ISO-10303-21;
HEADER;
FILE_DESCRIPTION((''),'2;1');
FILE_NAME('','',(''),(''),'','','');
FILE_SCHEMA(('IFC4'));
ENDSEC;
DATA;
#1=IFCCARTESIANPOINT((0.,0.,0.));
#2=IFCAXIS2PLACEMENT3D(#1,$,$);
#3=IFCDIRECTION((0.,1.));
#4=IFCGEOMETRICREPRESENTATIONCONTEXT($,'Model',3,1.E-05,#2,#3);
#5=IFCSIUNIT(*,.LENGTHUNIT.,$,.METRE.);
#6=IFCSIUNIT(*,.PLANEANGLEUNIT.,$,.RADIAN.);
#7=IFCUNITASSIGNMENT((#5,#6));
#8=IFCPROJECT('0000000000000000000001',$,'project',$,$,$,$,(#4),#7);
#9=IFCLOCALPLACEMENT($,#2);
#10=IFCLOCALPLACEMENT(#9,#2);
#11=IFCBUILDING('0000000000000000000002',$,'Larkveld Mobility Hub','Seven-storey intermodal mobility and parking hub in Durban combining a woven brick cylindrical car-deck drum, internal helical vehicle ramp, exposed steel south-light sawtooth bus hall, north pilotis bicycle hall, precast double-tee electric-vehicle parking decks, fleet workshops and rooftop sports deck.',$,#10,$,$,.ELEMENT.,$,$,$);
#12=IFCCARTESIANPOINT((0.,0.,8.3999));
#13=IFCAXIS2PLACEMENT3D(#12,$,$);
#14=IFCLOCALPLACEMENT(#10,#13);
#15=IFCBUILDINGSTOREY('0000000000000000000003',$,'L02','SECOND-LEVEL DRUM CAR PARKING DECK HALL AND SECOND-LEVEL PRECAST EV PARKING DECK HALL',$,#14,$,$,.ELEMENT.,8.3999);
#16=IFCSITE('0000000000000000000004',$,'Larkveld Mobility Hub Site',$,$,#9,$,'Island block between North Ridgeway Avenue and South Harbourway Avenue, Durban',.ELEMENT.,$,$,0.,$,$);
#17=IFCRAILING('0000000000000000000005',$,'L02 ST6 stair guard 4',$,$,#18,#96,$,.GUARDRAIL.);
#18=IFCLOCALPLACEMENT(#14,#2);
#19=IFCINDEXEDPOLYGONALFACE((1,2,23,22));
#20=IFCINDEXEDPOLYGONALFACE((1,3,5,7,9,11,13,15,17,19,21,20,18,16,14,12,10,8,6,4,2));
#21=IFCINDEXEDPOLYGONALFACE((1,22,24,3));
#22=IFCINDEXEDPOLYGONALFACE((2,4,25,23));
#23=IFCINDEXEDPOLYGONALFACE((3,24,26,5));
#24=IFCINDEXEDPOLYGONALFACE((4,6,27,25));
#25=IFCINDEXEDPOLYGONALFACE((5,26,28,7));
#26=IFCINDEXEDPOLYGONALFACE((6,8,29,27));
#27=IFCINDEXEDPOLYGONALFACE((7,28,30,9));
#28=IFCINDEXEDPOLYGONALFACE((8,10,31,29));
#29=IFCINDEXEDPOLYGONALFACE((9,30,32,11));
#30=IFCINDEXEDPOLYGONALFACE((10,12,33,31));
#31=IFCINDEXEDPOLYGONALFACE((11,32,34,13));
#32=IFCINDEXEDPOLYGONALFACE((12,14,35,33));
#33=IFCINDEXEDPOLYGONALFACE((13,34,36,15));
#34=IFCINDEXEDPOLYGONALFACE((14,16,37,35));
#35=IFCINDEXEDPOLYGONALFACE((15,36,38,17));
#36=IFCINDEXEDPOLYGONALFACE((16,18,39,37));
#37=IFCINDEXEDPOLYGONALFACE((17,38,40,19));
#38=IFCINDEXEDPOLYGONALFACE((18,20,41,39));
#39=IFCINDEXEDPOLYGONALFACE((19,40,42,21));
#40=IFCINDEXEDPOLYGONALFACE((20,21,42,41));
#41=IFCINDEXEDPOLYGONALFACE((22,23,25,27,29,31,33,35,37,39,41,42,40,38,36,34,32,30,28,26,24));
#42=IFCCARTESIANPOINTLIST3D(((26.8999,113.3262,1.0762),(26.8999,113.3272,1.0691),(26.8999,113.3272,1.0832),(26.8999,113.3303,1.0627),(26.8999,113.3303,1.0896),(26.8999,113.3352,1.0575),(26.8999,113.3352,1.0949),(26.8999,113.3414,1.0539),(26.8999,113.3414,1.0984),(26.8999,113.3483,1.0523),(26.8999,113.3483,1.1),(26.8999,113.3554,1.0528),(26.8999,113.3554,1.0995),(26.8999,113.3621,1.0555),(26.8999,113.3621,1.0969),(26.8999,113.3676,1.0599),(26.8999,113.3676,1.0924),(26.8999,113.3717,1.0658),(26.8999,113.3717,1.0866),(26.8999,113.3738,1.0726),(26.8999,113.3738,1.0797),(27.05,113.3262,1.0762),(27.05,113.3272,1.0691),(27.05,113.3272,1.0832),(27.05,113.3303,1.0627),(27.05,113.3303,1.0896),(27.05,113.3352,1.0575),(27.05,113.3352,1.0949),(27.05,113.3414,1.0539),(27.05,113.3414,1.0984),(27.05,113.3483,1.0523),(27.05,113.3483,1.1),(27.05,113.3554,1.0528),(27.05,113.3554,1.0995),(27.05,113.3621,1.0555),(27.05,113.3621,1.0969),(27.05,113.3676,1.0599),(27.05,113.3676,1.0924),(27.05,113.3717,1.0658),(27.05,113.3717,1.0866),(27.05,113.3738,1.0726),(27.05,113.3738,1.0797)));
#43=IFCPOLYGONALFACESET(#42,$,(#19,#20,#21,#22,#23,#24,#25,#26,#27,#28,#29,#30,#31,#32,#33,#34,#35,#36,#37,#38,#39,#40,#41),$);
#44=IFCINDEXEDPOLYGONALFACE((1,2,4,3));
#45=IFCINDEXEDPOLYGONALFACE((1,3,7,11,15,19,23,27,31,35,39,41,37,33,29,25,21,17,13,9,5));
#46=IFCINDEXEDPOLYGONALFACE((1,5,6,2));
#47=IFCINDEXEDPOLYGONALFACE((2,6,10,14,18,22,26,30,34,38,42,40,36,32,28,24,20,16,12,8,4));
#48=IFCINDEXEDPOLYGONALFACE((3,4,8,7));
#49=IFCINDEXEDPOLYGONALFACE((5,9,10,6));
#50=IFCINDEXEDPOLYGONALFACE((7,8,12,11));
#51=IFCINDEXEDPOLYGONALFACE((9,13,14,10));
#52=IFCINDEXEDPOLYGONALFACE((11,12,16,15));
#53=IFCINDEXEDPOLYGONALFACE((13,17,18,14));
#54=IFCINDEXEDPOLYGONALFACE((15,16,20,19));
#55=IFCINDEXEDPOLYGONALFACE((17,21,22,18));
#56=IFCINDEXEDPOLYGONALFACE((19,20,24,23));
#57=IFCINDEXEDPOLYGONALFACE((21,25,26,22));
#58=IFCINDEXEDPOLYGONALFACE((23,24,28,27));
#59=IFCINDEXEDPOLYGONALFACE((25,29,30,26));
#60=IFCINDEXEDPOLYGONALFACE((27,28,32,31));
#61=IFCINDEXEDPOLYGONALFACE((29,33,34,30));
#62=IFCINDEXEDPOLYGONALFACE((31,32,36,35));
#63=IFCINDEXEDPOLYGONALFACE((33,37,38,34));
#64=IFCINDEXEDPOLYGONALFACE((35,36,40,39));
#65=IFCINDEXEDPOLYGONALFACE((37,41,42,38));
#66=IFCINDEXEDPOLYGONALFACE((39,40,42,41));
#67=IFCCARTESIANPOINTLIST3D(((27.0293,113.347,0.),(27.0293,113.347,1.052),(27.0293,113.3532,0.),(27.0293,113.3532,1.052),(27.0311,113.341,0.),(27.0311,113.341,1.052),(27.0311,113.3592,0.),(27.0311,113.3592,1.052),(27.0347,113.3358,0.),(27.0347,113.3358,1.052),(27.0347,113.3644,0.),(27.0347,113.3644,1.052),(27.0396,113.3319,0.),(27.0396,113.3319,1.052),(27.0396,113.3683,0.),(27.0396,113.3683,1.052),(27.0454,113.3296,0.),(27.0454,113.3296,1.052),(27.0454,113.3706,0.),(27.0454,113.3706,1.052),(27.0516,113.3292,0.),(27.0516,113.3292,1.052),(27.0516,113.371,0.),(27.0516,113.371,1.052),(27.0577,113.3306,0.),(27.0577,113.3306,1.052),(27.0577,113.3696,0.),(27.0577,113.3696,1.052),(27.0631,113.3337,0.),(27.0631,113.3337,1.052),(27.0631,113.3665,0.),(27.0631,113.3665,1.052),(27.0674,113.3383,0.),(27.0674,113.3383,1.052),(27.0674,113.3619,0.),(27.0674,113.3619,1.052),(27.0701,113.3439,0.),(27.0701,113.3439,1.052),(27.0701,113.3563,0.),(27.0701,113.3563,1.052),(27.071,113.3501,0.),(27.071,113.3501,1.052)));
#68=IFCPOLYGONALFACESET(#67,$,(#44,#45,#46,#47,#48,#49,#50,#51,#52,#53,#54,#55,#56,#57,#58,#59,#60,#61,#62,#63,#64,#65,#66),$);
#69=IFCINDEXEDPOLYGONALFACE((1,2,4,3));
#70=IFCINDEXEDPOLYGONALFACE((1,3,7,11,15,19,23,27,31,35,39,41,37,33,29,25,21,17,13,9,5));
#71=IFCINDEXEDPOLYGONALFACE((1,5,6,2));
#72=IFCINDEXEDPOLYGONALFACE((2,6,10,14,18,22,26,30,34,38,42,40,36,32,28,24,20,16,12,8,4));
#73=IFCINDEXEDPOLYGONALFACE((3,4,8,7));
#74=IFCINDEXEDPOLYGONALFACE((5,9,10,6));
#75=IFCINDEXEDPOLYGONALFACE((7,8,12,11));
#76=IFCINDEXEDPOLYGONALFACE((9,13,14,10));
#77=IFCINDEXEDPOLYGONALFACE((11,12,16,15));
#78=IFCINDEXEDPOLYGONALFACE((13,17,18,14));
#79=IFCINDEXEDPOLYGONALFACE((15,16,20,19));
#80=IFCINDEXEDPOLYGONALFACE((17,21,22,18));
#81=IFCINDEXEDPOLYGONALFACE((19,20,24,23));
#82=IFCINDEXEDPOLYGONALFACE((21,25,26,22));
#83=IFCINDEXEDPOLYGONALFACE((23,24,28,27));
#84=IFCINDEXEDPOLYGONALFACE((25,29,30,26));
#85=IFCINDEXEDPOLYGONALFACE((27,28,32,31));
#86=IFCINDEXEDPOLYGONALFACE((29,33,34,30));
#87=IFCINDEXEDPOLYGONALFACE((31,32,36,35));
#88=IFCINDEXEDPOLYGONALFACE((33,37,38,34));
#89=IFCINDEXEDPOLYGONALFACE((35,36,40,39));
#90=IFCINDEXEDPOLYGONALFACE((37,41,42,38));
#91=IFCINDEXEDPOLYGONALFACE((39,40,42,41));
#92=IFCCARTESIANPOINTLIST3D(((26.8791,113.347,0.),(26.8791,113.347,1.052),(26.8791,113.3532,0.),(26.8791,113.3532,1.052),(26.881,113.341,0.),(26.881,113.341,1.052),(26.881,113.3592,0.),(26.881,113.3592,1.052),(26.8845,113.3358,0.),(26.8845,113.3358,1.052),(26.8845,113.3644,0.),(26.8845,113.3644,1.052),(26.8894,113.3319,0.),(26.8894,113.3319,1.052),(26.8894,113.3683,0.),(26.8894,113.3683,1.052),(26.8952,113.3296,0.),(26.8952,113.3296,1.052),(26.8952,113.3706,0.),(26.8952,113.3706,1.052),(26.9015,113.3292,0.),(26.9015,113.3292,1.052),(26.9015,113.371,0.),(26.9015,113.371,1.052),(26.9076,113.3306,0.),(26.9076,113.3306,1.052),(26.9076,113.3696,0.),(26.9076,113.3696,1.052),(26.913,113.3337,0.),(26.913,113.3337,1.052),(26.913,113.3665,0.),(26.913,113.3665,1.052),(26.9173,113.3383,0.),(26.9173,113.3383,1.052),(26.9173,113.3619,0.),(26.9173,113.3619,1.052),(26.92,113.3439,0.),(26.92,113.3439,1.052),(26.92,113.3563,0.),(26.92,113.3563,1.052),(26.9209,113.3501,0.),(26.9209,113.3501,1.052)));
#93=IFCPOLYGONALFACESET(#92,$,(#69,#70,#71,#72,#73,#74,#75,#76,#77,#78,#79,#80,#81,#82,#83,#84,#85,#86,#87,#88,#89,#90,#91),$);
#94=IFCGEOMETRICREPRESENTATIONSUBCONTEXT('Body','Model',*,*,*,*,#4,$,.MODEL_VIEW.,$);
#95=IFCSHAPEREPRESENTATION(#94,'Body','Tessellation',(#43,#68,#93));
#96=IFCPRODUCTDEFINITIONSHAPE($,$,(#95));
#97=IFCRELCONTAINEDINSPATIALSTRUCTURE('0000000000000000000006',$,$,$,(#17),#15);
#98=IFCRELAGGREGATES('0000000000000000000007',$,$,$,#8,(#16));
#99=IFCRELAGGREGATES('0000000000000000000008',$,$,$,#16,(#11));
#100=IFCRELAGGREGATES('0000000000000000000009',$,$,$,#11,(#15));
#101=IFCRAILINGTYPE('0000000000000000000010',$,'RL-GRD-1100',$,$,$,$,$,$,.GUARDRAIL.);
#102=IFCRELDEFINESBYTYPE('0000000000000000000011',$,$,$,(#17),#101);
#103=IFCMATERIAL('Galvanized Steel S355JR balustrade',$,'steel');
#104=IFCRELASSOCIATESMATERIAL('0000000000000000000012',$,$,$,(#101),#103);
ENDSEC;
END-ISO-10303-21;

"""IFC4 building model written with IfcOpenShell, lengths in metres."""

from ifc_helpers import new_model, si_unit, direction, frame, origin, origin_2d, place, context, subcontext, project, spatial, circle, extrude, material, type_object, element, save


model = new_model("IFC4")

# Units and contexts
model_context = context("Model", 3, precision=1e-05, world=origin(), true_north=direction((0.0, 1.0)))
body_context = subcontext(model_context, "Body", "Model", "MODEL_VIEW")
ifc_project = project(units=[si_unit("LENGTHUNIT", "METRE"), si_unit("PLANEANGLEUNIT", "RADIAN")], contexts=[model_context])

# Site, building, storey
site_placement = place(None, origin())
site = spatial("IfcSite", under=ifc_project, at=site_placement, Name="Larkveld Mobility Hub Site", LongName="Island block between North Ridgeway Avenue and South Harbourway Avenue, Durban", CompositionType="ELEMENT", RefElevation=0.0)
building_placement = place(site_placement, origin())
building = spatial("IfcBuilding", under=site, at=building_placement, Name="Larkveld Mobility Hub", Description="Seven-storey intermodal mobility and parking hub in Durban combining a woven brick cylindrical car-deck drum, internal helical vehicle ramp, exposed steel south-light sawtooth bus hall, north pilotis bicycle hall, precast double-tee electric-vehicle parking decks, fleet workshops and rooftop sports deck.", CompositionType="ELEMENT")
storey_placement = place(building_placement, frame((0.0, 0.0, 8.3999)))
storey = spatial("IfcBuildingStorey", under=building, at=storey_placement, Name="L02", Description="SECOND-LEVEL DRUM CAR PARKING DECK HALL AND SECOND-LEVEL PRECAST EV PARKING DECK HALL", CompositionType="ELEMENT", Elevation=8.3999)

# Railing
ifc_material_1 = material(Name="Galvanized Steel S355JR balustrade", Category="steel")
railing_type_1 = type_object("IfcRailingType", Name="RL-GRD-1100", PredefinedType="GUARDRAIL", material=ifc_material_1)
railing_1_placement = place(storey_placement, frame((27.05, 113.3501, 0.0)))
element("IfcRailing", 1, at=railing_1_placement, inside=storey, type_object=railing_type_1, Name="L02 ST6 stair guard 4", PredefinedType="GUARDRAIL", context=body_context, shape_type="SweptSolid", body=[
    extrude(circle(Radius=0.0239, at=origin_2d()), frame((0.0, 0.0, 1.0762), z_axis=(-1.0, 0.0, 0.0), x_axis=(0.0, -1.0, 0.0)), (0.0, 0.0, 1.0), 0.1501),
    extrude(circle(Radius=0.021, at=origin_2d()), origin(), (0.0, 0.0, 1.0), 1.052),
    extrude(circle(Radius=0.021, at=origin_2d()), frame((-0.1501, 0.0, 0.0)), (0.0, 0.0, 1.0), 1.052),
])

save(model, "model.ifc")
